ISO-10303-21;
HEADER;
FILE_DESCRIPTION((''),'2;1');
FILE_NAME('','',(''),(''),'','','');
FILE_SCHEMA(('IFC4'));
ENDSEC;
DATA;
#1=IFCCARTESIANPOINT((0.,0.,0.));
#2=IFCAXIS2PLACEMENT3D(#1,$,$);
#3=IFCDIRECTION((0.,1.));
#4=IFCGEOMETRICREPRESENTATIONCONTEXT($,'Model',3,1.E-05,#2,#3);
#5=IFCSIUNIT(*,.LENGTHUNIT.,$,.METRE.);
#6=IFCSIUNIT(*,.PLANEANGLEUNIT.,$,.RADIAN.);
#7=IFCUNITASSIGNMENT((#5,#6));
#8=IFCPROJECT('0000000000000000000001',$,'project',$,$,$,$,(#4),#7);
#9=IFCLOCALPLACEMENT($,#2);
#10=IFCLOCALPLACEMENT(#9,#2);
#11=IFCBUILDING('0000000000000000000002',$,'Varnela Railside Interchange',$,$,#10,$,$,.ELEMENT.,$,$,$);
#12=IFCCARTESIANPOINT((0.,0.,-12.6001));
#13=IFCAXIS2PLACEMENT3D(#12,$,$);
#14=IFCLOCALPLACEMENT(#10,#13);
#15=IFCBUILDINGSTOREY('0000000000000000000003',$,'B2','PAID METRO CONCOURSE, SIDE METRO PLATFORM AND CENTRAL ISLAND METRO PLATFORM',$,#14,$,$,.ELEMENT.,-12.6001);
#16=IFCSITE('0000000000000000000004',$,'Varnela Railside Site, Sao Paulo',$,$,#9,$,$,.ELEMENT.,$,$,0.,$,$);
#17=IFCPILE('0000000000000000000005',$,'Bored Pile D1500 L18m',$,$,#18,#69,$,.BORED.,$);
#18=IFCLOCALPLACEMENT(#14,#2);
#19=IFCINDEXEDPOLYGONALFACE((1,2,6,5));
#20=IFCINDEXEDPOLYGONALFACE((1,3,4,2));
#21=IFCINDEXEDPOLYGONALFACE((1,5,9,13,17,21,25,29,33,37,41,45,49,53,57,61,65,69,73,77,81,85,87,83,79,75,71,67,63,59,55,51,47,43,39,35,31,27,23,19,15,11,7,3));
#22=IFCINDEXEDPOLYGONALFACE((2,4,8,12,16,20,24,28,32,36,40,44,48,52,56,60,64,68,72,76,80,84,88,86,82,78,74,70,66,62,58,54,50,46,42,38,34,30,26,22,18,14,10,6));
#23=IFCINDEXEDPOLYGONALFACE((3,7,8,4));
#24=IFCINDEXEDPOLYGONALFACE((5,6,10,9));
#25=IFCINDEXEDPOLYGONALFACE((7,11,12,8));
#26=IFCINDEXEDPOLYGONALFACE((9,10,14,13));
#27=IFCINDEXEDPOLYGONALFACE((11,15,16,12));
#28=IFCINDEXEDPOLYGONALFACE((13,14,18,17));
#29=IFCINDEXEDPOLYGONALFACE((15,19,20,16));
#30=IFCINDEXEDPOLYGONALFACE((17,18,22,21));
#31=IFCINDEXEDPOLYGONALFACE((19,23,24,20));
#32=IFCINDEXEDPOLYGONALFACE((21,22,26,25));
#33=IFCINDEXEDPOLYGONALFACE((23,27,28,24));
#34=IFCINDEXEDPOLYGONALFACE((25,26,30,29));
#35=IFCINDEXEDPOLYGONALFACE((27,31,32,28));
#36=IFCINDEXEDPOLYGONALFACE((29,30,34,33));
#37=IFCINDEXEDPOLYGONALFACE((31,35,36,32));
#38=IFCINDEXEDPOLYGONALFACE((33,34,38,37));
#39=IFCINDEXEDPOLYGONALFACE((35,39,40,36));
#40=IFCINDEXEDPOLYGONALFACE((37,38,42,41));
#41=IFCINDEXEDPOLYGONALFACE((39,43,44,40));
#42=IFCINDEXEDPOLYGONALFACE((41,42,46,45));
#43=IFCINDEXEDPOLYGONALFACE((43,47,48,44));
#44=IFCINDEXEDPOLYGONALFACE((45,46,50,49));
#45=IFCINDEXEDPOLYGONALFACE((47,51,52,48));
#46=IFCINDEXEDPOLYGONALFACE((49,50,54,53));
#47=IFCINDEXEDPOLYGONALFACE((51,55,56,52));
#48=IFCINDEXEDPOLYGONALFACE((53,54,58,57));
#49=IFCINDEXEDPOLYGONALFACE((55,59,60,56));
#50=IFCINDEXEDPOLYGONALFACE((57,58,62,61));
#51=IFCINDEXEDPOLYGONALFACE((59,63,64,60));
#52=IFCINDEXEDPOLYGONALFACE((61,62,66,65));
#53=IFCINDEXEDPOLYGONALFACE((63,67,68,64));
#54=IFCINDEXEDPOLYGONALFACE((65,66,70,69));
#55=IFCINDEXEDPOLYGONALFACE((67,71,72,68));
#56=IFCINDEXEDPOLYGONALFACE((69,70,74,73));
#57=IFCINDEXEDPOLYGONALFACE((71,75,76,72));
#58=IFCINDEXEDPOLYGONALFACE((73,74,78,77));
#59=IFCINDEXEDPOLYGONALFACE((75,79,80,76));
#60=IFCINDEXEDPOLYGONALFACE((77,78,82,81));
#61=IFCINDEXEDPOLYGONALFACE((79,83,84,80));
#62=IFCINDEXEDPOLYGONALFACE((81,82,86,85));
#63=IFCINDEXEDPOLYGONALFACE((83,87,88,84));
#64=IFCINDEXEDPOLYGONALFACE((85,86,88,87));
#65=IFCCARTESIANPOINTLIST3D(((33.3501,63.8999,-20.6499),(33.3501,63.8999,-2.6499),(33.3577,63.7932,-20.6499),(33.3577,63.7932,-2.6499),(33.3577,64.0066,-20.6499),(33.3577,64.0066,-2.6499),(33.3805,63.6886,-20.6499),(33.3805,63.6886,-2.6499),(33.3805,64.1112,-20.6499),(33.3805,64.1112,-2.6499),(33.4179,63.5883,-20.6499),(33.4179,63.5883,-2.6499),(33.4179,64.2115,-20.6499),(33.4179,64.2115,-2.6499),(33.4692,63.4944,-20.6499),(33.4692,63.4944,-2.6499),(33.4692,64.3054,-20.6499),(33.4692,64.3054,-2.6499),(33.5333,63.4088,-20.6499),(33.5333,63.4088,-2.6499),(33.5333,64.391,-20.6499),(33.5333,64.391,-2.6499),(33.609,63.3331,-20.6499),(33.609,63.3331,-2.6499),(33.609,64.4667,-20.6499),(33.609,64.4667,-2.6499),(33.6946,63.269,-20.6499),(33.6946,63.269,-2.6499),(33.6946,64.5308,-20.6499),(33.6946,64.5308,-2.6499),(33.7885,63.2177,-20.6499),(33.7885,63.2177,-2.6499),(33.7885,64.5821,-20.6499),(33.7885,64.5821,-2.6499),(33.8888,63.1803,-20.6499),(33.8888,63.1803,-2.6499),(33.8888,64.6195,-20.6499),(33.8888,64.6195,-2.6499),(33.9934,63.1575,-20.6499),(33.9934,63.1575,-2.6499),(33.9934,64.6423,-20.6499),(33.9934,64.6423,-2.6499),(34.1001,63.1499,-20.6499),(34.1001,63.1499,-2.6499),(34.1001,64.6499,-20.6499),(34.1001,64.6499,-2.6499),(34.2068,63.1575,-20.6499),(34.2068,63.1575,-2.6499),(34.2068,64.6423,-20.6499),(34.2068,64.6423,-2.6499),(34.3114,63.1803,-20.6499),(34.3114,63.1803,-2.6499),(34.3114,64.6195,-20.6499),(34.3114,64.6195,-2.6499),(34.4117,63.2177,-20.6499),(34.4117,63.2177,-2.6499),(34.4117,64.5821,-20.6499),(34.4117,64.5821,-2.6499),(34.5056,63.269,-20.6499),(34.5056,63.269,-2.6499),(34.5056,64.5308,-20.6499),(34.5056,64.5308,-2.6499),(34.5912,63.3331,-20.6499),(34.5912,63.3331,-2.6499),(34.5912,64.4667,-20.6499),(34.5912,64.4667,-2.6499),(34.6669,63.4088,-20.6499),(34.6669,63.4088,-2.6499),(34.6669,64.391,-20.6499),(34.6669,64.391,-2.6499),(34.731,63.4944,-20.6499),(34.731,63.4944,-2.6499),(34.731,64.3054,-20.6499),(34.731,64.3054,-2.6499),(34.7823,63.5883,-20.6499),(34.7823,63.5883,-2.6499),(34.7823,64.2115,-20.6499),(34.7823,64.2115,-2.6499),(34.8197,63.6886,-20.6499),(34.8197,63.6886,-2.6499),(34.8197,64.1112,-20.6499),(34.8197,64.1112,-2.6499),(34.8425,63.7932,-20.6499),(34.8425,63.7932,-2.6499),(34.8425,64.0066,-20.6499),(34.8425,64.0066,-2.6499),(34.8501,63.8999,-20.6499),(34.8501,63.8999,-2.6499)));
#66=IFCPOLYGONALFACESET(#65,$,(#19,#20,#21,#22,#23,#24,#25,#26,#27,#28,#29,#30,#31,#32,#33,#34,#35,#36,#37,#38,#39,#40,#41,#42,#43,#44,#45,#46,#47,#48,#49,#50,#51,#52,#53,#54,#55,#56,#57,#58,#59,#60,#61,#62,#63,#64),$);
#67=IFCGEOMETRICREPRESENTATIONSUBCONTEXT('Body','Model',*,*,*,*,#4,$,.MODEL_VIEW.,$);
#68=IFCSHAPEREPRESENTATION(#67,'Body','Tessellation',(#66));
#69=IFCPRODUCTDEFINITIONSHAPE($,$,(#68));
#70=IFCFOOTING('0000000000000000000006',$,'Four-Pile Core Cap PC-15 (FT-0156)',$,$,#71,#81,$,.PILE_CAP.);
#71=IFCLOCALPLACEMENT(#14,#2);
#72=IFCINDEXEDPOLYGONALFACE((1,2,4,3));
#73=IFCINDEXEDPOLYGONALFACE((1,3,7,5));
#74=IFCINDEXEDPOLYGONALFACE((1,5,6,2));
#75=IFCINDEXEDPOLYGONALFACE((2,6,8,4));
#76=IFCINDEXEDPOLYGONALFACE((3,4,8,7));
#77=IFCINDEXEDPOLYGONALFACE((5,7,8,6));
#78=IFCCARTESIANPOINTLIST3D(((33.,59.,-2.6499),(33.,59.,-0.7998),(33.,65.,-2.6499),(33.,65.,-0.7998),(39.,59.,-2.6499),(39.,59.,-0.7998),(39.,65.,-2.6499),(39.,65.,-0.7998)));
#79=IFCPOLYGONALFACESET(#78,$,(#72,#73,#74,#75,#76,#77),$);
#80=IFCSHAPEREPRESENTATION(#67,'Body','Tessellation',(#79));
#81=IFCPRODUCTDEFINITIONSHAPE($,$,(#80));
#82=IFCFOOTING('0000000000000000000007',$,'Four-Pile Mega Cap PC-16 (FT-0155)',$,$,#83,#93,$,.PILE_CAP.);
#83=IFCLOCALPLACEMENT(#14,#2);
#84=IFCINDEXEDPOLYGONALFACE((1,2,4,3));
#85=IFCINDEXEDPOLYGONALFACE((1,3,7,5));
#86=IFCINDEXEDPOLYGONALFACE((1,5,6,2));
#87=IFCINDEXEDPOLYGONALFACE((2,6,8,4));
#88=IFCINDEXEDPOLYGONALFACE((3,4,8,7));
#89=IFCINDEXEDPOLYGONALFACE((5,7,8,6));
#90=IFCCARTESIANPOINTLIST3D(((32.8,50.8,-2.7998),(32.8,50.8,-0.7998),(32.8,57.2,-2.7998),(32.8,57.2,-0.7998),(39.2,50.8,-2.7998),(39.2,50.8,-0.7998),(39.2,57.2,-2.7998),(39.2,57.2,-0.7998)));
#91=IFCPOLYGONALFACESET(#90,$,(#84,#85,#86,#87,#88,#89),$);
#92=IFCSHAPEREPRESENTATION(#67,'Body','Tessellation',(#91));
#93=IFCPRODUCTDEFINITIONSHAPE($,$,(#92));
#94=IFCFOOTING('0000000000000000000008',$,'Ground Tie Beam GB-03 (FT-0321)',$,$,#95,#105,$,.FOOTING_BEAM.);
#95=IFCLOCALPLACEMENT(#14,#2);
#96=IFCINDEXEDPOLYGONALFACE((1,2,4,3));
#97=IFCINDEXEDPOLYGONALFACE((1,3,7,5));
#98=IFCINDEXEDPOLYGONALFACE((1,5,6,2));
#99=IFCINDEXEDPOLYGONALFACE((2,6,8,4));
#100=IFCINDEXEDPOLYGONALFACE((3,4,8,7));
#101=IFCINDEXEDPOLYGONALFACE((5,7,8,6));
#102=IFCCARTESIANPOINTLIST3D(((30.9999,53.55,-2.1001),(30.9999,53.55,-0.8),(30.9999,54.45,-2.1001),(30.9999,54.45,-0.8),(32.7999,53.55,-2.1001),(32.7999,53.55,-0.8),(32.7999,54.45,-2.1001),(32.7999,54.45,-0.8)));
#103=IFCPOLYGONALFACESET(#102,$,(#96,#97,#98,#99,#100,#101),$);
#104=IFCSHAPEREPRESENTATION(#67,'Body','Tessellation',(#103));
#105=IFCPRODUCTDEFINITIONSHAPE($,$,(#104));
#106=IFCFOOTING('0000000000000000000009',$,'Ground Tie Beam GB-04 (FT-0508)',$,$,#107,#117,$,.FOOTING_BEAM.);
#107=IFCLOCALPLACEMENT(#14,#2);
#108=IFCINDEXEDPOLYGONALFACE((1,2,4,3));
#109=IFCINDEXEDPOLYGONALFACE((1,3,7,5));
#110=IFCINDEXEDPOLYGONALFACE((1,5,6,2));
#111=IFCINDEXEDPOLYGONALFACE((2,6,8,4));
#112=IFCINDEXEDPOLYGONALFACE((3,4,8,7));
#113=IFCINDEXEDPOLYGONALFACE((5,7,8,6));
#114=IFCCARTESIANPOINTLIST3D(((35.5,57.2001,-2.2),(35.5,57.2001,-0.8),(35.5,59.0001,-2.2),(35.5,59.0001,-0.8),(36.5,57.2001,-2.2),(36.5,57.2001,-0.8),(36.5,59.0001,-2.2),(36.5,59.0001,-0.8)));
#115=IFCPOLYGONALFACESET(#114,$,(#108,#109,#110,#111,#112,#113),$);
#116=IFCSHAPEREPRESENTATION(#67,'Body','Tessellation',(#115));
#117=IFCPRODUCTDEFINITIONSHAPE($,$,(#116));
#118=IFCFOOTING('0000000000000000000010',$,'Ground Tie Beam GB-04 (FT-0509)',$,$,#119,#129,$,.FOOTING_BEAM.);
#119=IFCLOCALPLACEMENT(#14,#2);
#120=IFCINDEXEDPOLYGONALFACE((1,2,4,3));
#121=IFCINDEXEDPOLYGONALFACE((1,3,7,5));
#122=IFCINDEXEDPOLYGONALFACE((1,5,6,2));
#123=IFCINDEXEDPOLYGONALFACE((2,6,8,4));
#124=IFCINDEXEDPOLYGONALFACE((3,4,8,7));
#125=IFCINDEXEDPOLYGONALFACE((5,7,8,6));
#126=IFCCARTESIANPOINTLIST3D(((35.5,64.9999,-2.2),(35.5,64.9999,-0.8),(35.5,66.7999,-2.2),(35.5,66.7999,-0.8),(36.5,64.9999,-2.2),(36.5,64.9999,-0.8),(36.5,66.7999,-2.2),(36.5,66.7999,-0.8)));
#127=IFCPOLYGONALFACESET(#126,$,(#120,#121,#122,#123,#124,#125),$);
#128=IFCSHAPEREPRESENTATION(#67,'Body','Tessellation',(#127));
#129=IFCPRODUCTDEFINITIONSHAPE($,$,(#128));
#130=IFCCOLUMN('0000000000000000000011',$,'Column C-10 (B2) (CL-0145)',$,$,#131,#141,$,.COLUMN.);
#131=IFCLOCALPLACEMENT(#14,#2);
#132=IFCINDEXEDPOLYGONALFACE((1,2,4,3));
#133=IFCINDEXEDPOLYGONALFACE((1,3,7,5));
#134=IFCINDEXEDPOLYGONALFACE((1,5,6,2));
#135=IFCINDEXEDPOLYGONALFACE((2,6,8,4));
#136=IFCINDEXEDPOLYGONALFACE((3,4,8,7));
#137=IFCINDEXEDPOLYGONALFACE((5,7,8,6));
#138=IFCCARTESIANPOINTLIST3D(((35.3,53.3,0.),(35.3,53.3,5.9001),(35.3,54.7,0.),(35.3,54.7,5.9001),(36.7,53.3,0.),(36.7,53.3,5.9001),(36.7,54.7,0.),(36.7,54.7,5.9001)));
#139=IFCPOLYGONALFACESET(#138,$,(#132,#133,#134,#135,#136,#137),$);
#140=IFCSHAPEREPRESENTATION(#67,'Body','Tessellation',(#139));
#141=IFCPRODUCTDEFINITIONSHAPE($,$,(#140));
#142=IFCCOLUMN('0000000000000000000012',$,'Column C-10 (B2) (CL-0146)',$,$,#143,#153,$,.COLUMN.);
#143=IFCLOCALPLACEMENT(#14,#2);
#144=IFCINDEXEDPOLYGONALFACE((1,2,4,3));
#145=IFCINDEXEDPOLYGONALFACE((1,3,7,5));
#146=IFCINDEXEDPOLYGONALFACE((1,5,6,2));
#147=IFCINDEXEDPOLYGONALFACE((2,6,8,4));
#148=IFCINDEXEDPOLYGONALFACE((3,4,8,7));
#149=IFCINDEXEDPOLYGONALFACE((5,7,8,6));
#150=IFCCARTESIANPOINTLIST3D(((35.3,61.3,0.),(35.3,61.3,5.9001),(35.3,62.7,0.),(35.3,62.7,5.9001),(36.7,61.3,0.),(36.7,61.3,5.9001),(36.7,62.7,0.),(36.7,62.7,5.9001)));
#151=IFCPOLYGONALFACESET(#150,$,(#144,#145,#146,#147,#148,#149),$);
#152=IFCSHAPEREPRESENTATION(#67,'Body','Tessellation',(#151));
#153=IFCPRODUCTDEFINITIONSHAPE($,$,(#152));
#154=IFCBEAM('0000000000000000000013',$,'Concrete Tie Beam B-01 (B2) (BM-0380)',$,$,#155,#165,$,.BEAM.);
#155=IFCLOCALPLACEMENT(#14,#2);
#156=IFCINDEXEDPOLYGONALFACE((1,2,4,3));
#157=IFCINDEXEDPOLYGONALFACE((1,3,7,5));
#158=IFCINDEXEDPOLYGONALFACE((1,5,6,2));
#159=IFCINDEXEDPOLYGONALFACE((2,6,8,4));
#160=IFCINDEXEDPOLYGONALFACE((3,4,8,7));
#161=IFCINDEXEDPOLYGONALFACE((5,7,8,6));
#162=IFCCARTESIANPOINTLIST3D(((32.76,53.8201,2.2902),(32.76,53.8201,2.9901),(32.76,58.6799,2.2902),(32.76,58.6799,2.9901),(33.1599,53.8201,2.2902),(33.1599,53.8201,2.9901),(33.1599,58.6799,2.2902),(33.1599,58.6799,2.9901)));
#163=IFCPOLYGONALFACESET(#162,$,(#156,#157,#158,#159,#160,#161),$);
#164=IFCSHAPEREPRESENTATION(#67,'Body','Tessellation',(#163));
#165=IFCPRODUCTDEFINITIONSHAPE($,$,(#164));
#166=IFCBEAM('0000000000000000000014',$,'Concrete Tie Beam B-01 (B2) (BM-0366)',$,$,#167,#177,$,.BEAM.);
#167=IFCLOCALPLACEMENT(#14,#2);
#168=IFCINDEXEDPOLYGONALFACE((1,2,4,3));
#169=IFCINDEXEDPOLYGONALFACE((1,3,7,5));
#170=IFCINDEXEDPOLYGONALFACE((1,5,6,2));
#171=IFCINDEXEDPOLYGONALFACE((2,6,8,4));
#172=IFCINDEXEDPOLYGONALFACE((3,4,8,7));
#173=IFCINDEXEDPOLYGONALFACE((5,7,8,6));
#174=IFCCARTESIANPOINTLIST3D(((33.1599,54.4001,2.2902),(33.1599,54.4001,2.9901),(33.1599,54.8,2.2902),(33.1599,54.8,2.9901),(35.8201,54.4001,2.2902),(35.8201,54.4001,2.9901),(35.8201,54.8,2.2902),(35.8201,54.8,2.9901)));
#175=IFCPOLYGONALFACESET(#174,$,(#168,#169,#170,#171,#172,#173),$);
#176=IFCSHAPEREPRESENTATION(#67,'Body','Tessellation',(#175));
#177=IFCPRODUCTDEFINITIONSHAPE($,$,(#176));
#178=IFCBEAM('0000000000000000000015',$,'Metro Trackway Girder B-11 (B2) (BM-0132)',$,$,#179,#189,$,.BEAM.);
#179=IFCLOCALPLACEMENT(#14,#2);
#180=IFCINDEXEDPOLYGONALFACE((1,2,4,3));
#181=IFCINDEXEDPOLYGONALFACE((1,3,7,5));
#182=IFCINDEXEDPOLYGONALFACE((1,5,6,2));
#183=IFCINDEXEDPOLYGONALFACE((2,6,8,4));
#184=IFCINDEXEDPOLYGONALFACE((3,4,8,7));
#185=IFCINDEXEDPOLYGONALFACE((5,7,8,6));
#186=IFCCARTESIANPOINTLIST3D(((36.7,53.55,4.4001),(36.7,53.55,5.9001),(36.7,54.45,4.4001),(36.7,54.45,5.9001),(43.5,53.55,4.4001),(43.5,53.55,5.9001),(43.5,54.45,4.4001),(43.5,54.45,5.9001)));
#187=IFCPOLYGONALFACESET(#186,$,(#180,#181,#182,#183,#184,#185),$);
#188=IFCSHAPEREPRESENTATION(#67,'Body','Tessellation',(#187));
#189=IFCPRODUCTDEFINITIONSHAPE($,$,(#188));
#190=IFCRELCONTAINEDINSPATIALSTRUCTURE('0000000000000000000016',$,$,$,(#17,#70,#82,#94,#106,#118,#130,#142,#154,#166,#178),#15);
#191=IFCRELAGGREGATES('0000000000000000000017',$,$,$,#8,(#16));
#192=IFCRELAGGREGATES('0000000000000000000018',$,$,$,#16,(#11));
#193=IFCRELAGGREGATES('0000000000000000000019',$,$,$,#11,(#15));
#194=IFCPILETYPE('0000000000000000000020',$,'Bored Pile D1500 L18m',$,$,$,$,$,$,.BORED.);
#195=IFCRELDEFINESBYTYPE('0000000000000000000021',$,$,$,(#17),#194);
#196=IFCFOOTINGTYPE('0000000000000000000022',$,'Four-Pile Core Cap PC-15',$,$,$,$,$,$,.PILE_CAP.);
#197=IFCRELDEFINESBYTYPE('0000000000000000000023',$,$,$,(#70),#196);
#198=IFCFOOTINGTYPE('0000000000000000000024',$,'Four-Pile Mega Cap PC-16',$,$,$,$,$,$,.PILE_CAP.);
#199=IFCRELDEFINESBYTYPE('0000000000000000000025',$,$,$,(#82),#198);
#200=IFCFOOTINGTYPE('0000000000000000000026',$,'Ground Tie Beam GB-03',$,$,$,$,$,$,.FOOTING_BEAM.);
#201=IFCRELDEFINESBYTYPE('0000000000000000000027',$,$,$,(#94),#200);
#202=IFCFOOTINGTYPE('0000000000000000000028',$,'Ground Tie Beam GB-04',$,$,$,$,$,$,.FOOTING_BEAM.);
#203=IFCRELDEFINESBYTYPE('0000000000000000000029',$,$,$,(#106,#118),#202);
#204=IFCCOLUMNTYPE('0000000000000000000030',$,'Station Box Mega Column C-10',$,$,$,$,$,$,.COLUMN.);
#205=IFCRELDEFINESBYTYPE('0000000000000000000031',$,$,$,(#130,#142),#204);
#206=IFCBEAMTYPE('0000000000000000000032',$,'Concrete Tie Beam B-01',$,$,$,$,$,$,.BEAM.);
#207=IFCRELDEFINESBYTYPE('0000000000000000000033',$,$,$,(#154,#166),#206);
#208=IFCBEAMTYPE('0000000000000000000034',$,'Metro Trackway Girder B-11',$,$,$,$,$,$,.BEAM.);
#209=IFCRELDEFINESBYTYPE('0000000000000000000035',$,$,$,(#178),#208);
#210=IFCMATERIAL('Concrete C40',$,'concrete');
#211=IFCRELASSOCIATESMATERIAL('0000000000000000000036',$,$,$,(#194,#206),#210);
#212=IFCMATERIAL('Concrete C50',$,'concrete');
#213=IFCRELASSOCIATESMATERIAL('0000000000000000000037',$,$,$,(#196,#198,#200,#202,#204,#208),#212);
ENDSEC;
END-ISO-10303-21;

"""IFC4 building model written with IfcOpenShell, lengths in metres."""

from ifc_helpers import new_model, si_unit, direction, frame, origin, origin_2d, place, context, subcontext, project, spatial, rectangle, circle, extrude, material, material_profile, profile_set, type_object, element, save


model = new_model("IFC4")

# Units and contexts
model_context = context("Model", 3, precision=1e-05, world=origin(), true_north=direction((0.0, 1.0)))
body_context = subcontext(model_context, "Body", "Model", "MODEL_VIEW")
ifc_project = project(units=[si_unit("LENGTHUNIT", "METRE"), si_unit("PLANEANGLEUNIT", "RADIAN")], contexts=[model_context])

# Site, building, storey
site_placement = place(None, origin())
site = spatial("IfcSite", under=ifc_project, at=site_placement, Name="Varnela Railside Site, Sao Paulo", CompositionType="ELEMENT", RefElevation=0.0)
building_placement = place(site_placement, origin())
building = spatial("IfcBuilding", under=site, at=building_placement, Name="Varnela Railside Interchange", CompositionType="ELEMENT")
storey_placement = place(building_placement, frame((0.0, 0.0, -12.6001)))
storey = spatial("IfcBuildingStorey", under=building, at=storey_placement, Name="B2", Description="PAID METRO CONCOURSE, SIDE METRO PLATFORM AND CENTRAL ISLAND METRO PLATFORM", CompositionType="ELEMENT", Elevation=-12.6001)

# Pile
ifc_material_1 = material(Name="Concrete C40", Category="concrete")
ifc_material_profile_1 = material_profile(ifc_material_1, circle(Radius=0.75, at=origin_2d()), Name="BORED PILE D1500")
ifc_profile_set_1 = profile_set([ifc_material_profile_1], Name="Concrete C40")
pile_type = type_object("IfcPileType", Name="Bored Pile D1500 L18m", PredefinedType="BORED", material=ifc_profile_set_1)
for number, where, z_axis, x_axis, name in (
    (1, (34.1001, 63.8999, -2.6499), (0.0, 0.0, -1.0), (1.0, 0.0, 0.0), "Bored Pile D1500 L18m"),
):
    element("IfcPile", number, at=place(storey_placement, frame(where, z_axis=z_axis, x_axis=x_axis)), inside=storey, type_object=pile_type, Name=name, PredefinedType="BORED", context=body_context, shape_type="SweptSolid", body=[
        extrude(circle(Radius=0.75, at=origin_2d()), origin(), (0.0, 0.0, 1.0), 18.0),
    ])

# Footings
ifc_material_2 = material(Name="Concrete C50", Category="concrete")
footing_type_1 = type_object("IfcFootingType", Name="Four-Pile Core Cap PC-15", PredefinedType="PILE_CAP", material=ifc_material_2)
footing_1_placement = place(storey_placement, frame((36.0, 62.0, -2.6499), z_axis=(0.0, 0.0, 1.0), x_axis=(1.0, 0.0, 0.0)))
element("IfcFooting", 2, at=footing_1_placement, inside=storey, type_object=footing_type_1, Name="Four-Pile Core Cap PC-15 (FT-0156)", PredefinedType="PILE_CAP", context=body_context, shape_type="SweptSolid", body=[
    extrude(rectangle(XDim=6.0, YDim=6.0, at=origin_2d()), origin(), (0.0, 0.0, 1.0), 1.8501),
])
footing_type_2 = type_object("IfcFootingType", Name="Four-Pile Mega Cap PC-16", PredefinedType="PILE_CAP", material=ifc_material_2)
footing_2_placement = place(storey_placement, frame((36.0, 54.0, -2.7998), z_axis=(0.0, 0.0, 1.0), x_axis=(1.0, 0.0, 0.0)))
element("IfcFooting", 3, at=footing_2_placement, inside=storey, type_object=footing_type_2, Name="Four-Pile Mega Cap PC-16 (FT-0155)", PredefinedType="PILE_CAP", context=body_context, shape_type="SweptSolid", body=[
    extrude(rectangle(XDim=6.3999, YDim=6.3999, at=origin_2d()), origin(), (0.0, 0.0, 1.0), 2.0),
])
footing_type_3 = type_object("IfcFootingType", Name="Ground Tie Beam GB-03", PredefinedType="FOOTING_BEAM", material=ifc_material_2)
footing_3_placement = place(storey_placement, frame((31.8999, 54.0, -2.1001), z_axis=(0.0, 0.0, 1.0), x_axis=(1.0, 0.0, 0.0)))
element("IfcFooting", 4, at=footing_3_placement, inside=storey, type_object=footing_type_3, Name="Ground Tie Beam GB-03 (FT-0321)", PredefinedType="FOOTING_BEAM", context=body_context, shape_type="SweptSolid", body=[
    extrude(rectangle(XDim=1.8, YDim=0.8999, at=origin_2d()), origin(), (0.0, 0.0, 1.0), 1.3),
])
footing_type_4 = type_object("IfcFootingType", Name="Ground Tie Beam GB-04", PredefinedType="FOOTING_BEAM", material=ifc_material_2)
for number, where, z_axis, x_axis, name in (
    (5, (36.0, 58.1001, -2.2), (0.0, 0.0, 1.0), (1.0, 0.0, 0.0), "Ground Tie Beam GB-04 (FT-0508)"),
    (6, (36.0, 65.8999, -2.2), (0.0, 0.0, 1.0), (1.0, 0.0, 0.0), "Ground Tie Beam GB-04 (FT-0509)"),
):
    element("IfcFooting", number, at=place(storey_placement, frame(where, z_axis=z_axis, x_axis=x_axis)), inside=storey, type_object=footing_type_4, Name=name, PredefinedType="FOOTING_BEAM", context=body_context, shape_type="SweptSolid", body=[
        extrude(rectangle(XDim=1.0, YDim=1.8, at=origin_2d()), origin(), (0.0, 0.0, 1.0), 1.3999),
    ])

# Columns
ifc_material_profile_2 = material_profile(ifc_material_2, rectangle(XDim=1.3999, YDim=1.3999, at=origin_2d()), Name="RC 1400x1400")
ifc_profile_set_2 = profile_set([ifc_material_profile_2], Name="Concrete C50")
column_type = type_object("IfcColumnType", Name="Station Box Mega Column C-10", PredefinedType="COLUMN", material=ifc_profile_set_2)
for number, where, z_axis, x_axis, name in (
    (7, (36.0, 54.0, 0.0), (0.0, 0.0, 1.0), (1.0, 0.0, 0.0), "Column C-10 (B2) (CL-0145)"),
    (8, (36.0, 62.0, 0.0), (0.0, 0.0, 1.0), (1.0, 0.0, 0.0), "Column C-10 (B2) (CL-0146)"),
):
    element("IfcColumn", number, at=place(storey_placement, frame(where, z_axis=z_axis, x_axis=x_axis)), inside=storey, type_object=column_type, Name=name, PredefinedType="COLUMN", context=body_context, shape_type="SweptSolid", body=[
        extrude(rectangle(XDim=1.3999, YDim=1.3999, at=origin_2d()), origin(), (0.0, 0.0, 1.0), 5.9001),
    ])

# Beams
ifc_material_profile_3 = material_profile(ifc_material_1, rectangle(XDim=0.3999, YDim=0.7, at=origin_2d()), Name="RC 400x700")
ifc_profile_set_3 = profile_set([ifc_material_profile_3], Name="Concrete C40")
beam_type_1 = type_object("IfcBeamType", Name="Concrete Tie Beam B-01", PredefinedType="BEAM", material=ifc_profile_set_3)
beam_1_placement = place(storey_placement, frame((32.96, 53.8201, 2.6401), z_axis=(0.0, 1.0, 0.0), x_axis=(-1.0, 0.0, 0.0)))
element("IfcBeam", 9, at=beam_1_placement, inside=storey, type_object=beam_type_1, Name="Concrete Tie Beam B-01 (B2) (BM-0380)", PredefinedType="BEAM", context=body_context, shape_type="SweptSolid", body=[
    extrude(rectangle(XDim=0.3999, YDim=0.7, at=origin_2d()), origin(), (0.0, 0.0, 1.0), 4.8599),
])
beam_2_placement = place(storey_placement, frame((33.1599, 54.6001, 2.6401), z_axis=(1.0, 0.0, 0.0), x_axis=(0.0, 1.0, 0.0)))
element("IfcBeam", 10, at=beam_2_placement, inside=storey, type_object=beam_type_1, Name="Concrete Tie Beam B-01 (B2) (BM-0366)", PredefinedType="BEAM", context=body_context, shape_type="SweptSolid", body=[
    extrude(rectangle(XDim=0.3999, YDim=0.7, at=origin_2d()), origin(), (0.0, 0.0, 1.0), 2.6602),
])
ifc_material_profile_4 = material_profile(ifc_material_2, rectangle(XDim=0.8999, YDim=1.5, at=origin_2d()), Name="RC 900x1500")
ifc_profile_set_4 = profile_set([ifc_material_profile_4], Name="Concrete C50")
beam_type_2 = type_object("IfcBeamType", Name="Metro Trackway Girder B-11", PredefinedType="BEAM", material=ifc_profile_set_4)
for number, where, z_axis, x_axis, name in (
    (11, (36.7, 54.0, 5.1501), (1.0, 0.0, 0.0), (0.0, 1.0, 0.0), "Metro Trackway Girder B-11 (B2) (BM-0132)"),
):
    element("IfcBeam", number, at=place(storey_placement, frame(where, z_axis=z_axis, x_axis=x_axis)), inside=storey, type_object=beam_type_2, Name=name, PredefinedType="BEAM", context=body_context, shape_type="SweptSolid", body=[
        extrude(rectangle(XDim=0.8999, YDim=1.5, at=origin_2d()), origin(), (0.0, 0.0, 1.0), 6.8),
    ])

save(model, "model.ifc")
